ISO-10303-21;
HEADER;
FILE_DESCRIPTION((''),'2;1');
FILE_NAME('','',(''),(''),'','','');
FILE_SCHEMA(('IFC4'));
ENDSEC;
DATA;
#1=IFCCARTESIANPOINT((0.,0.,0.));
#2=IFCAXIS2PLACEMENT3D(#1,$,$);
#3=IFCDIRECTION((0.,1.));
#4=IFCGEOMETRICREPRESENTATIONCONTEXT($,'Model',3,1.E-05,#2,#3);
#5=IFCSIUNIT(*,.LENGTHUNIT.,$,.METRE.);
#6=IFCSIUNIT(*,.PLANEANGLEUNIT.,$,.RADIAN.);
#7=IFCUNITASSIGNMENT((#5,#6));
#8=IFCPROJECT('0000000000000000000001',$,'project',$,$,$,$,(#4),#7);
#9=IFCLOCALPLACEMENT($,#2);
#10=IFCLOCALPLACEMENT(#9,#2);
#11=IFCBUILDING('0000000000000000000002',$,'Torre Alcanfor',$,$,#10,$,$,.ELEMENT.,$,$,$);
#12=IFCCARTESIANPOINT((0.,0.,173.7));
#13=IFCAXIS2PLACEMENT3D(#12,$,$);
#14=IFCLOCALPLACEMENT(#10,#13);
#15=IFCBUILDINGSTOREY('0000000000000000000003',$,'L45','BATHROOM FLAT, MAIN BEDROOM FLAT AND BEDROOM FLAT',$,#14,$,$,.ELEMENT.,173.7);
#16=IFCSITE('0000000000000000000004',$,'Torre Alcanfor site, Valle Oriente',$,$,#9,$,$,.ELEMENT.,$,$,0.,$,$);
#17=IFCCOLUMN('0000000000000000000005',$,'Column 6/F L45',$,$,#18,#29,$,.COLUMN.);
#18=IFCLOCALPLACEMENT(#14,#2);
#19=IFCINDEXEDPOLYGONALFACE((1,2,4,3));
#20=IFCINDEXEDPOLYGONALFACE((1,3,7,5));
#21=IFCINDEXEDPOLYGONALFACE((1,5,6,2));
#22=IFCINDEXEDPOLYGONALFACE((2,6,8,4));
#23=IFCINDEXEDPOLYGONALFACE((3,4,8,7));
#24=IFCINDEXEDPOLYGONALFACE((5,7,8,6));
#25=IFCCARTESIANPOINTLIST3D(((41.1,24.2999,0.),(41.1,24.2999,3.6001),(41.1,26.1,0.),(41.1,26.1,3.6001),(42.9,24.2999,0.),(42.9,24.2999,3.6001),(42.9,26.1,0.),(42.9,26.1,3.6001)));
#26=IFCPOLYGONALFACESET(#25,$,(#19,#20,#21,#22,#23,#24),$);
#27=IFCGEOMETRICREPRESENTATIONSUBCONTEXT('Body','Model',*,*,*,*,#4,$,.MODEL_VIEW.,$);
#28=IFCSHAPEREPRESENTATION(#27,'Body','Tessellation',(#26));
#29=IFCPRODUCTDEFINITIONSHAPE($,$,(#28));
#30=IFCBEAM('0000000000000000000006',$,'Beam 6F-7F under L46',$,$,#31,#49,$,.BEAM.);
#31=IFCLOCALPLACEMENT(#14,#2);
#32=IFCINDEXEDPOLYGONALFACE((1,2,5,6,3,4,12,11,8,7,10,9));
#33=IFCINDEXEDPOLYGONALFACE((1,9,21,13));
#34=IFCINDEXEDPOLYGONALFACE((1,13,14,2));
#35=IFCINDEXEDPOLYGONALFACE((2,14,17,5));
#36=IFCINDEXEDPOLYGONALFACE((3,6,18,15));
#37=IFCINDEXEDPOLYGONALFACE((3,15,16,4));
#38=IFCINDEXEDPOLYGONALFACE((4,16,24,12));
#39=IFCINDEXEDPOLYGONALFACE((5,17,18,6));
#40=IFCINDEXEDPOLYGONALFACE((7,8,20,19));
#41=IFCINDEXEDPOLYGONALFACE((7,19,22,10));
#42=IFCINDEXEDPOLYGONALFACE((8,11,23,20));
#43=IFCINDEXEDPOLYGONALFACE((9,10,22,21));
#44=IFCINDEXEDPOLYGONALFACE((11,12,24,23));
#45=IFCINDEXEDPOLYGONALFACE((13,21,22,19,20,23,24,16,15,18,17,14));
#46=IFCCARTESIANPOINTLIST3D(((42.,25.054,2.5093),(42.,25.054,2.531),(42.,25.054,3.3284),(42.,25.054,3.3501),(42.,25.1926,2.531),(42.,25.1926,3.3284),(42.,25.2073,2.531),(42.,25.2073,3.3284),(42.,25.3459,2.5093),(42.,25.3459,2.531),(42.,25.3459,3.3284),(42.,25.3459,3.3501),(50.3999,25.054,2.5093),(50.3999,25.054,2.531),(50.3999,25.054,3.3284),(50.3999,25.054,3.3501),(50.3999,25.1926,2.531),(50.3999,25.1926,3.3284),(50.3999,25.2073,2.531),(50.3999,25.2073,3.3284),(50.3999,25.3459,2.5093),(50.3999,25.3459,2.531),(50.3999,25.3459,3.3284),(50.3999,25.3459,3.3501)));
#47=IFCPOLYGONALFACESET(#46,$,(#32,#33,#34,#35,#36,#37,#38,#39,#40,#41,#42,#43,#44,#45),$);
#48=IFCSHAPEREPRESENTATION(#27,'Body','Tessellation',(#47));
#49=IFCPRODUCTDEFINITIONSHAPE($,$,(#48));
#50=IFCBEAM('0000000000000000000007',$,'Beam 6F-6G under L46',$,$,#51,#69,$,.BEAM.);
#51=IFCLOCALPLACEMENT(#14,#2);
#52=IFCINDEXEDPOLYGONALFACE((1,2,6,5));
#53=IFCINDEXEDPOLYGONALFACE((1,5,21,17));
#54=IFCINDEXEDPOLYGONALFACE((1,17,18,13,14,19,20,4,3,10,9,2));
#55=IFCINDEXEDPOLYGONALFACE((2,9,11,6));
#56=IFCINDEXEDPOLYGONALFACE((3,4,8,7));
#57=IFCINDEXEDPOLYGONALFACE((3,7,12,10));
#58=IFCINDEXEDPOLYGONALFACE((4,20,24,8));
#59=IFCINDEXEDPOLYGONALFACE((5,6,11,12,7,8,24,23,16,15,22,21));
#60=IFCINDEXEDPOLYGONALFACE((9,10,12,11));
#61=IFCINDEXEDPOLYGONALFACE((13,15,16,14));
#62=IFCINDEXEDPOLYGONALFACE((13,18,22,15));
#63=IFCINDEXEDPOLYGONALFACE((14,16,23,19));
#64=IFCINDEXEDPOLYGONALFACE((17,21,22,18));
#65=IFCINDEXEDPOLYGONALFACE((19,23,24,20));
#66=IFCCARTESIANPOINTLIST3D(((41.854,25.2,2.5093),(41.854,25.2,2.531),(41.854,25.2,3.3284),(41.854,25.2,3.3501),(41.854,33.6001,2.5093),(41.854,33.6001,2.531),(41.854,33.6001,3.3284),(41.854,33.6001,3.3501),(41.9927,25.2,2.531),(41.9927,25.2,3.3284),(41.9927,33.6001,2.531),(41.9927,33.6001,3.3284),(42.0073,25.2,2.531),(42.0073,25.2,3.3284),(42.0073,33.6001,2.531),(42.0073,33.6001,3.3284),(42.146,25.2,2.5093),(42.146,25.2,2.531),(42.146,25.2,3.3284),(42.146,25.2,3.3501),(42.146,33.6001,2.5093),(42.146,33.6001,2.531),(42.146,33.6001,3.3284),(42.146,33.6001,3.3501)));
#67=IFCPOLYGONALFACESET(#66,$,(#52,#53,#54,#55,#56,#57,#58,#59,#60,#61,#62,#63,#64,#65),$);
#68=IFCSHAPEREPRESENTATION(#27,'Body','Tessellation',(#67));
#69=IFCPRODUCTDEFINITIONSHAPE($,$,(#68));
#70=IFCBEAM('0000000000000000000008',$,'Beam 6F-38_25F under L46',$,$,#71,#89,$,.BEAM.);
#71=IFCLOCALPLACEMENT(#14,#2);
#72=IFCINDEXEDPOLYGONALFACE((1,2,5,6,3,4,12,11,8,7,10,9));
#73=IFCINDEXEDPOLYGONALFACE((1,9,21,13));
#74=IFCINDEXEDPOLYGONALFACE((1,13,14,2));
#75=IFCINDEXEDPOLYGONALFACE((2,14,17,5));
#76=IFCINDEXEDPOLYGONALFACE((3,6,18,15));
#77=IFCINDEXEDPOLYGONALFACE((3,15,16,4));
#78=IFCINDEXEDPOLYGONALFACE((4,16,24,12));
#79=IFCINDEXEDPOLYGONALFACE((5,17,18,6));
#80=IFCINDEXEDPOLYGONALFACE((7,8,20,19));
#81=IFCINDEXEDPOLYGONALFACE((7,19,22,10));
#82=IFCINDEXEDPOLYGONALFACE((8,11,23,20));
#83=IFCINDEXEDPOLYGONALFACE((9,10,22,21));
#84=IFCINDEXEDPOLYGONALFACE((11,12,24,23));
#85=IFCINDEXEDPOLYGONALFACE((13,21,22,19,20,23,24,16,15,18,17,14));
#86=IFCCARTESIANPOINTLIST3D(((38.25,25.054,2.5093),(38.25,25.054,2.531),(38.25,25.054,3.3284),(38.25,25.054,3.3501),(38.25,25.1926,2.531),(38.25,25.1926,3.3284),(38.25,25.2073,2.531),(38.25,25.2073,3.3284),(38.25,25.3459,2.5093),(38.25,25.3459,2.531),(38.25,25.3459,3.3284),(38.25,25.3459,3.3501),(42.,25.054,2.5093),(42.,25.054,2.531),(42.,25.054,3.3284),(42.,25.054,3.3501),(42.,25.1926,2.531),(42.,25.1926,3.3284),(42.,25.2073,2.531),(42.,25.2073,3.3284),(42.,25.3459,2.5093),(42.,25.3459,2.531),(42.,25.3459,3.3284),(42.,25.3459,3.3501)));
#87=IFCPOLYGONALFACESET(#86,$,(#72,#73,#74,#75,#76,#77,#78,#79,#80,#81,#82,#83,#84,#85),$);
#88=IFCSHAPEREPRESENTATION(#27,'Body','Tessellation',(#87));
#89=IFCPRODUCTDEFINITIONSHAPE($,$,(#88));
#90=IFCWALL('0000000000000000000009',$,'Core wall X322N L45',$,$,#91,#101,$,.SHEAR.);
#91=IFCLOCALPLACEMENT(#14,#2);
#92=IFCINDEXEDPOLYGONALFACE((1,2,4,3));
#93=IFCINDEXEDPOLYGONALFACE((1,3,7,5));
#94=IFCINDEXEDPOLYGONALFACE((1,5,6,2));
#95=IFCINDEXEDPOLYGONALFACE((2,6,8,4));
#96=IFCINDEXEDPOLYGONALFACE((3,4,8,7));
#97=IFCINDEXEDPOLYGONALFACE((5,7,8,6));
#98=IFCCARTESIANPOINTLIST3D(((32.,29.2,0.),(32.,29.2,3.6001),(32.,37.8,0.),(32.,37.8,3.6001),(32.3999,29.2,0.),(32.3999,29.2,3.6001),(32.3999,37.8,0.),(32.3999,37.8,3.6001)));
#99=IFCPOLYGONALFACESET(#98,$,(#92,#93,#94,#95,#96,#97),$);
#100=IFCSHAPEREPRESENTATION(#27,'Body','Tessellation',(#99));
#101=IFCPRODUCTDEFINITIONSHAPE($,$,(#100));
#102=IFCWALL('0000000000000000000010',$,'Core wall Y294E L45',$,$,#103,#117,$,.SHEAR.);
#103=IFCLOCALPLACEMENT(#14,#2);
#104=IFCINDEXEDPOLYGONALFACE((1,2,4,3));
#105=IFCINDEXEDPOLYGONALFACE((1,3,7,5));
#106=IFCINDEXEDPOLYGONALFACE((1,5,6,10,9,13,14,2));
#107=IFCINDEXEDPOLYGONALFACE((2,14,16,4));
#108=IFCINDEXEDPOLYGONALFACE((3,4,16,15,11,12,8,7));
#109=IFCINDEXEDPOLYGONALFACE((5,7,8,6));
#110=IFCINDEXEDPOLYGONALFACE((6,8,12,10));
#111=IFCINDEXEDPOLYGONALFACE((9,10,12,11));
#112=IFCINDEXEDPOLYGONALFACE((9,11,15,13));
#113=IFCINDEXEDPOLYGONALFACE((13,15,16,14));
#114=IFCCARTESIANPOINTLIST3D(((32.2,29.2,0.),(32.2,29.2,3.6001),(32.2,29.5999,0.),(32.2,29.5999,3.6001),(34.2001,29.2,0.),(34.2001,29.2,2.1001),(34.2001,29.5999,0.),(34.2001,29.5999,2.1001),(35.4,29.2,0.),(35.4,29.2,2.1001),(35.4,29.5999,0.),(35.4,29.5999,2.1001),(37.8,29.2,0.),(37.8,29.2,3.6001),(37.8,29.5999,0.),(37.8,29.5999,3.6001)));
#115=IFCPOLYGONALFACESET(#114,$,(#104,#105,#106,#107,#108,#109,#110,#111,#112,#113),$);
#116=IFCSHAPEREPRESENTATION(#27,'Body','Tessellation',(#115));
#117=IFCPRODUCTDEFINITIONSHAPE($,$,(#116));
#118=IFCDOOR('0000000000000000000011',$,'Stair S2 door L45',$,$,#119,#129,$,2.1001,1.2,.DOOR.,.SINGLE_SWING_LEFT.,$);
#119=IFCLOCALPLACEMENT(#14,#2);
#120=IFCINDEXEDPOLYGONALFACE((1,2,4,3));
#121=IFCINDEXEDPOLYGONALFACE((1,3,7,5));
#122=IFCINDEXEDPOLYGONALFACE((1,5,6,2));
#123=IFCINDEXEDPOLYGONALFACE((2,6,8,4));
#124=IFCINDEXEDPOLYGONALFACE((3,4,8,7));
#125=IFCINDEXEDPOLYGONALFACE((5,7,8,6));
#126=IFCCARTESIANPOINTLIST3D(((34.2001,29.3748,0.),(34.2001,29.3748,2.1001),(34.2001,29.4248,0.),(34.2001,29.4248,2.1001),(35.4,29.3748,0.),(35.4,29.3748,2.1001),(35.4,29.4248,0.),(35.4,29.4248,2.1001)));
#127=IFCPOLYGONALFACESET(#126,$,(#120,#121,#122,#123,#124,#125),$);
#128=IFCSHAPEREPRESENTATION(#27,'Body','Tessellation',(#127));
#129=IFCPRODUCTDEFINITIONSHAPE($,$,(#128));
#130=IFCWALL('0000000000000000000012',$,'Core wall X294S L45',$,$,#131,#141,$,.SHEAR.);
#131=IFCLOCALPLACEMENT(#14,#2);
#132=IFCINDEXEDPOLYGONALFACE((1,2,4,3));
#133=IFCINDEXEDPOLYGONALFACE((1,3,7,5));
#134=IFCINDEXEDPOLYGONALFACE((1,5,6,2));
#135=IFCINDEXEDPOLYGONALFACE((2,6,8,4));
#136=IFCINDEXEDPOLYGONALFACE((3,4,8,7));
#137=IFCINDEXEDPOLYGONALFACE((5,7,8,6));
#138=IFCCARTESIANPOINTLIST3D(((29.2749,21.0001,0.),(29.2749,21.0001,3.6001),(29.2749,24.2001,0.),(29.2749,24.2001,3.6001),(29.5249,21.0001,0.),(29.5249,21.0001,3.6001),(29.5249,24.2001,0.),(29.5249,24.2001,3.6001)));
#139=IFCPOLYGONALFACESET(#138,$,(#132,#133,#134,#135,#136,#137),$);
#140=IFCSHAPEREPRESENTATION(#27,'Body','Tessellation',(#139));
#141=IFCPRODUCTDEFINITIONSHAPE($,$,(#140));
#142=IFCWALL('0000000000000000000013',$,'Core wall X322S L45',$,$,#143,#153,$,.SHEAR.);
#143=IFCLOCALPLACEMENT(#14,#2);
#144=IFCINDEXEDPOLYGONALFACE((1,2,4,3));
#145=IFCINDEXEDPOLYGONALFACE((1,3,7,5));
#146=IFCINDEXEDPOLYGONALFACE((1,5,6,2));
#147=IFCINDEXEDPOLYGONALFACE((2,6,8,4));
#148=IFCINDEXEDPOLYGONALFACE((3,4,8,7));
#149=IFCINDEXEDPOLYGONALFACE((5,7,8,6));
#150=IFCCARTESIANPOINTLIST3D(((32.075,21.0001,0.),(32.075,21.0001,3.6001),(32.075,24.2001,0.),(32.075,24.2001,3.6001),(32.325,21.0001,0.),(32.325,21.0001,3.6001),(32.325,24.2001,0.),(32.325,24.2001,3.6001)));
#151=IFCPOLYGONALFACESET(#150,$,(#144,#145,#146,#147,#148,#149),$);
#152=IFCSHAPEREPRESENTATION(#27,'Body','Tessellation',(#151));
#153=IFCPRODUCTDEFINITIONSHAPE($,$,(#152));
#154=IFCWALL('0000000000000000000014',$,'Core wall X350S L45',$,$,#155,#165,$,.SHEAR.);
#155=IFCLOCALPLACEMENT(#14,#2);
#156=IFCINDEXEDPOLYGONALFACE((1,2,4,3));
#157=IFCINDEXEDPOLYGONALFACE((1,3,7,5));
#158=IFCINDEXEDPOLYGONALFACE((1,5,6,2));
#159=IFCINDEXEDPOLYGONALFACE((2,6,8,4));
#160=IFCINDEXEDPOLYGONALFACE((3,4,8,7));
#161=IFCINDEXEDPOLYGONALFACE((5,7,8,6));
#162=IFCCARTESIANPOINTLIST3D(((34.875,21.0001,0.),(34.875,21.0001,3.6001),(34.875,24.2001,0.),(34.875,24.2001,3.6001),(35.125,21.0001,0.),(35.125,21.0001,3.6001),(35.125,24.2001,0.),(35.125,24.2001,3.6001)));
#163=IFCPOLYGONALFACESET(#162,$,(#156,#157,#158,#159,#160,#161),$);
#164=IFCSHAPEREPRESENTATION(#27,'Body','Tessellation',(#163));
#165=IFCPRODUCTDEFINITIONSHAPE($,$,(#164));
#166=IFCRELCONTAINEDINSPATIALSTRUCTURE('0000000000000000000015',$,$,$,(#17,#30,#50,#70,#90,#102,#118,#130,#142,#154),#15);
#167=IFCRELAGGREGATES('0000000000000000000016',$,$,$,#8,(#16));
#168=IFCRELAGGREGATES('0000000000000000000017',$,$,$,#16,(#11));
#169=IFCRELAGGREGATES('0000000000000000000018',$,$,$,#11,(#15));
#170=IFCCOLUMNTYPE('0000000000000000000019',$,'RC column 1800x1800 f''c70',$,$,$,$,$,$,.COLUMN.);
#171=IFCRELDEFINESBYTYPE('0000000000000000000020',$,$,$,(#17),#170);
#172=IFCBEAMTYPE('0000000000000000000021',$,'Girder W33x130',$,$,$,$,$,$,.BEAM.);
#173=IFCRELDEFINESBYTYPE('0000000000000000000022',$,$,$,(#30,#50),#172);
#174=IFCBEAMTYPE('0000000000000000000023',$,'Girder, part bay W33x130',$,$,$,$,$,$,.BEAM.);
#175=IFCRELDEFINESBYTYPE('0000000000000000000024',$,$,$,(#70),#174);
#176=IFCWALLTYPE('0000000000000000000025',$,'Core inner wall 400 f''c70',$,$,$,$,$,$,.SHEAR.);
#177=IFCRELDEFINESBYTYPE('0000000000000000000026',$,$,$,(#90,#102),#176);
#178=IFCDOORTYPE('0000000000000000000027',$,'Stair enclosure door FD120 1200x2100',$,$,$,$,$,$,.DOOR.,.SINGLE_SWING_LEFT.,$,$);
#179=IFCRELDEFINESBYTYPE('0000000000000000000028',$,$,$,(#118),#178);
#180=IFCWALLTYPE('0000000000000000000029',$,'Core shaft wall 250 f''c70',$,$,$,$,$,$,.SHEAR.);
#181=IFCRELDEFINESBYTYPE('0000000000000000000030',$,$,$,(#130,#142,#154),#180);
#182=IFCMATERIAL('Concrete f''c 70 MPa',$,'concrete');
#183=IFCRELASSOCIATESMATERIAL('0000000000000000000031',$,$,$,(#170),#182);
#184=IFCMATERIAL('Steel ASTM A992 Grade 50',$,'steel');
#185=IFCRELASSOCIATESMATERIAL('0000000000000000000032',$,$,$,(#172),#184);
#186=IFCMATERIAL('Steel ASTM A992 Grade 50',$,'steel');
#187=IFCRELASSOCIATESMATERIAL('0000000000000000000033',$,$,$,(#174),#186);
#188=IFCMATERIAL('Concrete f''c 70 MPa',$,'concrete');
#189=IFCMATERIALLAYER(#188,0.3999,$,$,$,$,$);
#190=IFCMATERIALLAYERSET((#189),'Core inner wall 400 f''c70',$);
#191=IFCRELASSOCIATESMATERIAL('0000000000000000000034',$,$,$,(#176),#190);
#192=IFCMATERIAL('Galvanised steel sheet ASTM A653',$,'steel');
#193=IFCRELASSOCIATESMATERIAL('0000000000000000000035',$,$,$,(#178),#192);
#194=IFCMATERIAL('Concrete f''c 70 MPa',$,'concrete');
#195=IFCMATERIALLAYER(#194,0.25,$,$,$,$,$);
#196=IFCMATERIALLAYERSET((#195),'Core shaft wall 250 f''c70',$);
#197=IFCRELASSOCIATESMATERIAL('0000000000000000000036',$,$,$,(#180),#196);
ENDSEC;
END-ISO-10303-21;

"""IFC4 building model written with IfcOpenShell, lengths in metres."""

from ifc_helpers import new_model, si_unit, direction, frame, frame_2d, origin, origin_2d, place, context, subcontext, project, spatial, rectangle, i_section, extrude, material, layer, layer_set, material_profile, profile_set, type_object, element, fill, save


model = new_model("IFC4")

# Units and contexts
model_context = context("Model", 3, precision=1e-05, world=origin(), true_north=direction((0.0, 1.0)))
body_context = subcontext(model_context, "Body", "Model", "MODEL_VIEW")
ifc_project = project(units=[si_unit("LENGTHUNIT", "METRE"), si_unit("PLANEANGLEUNIT", "RADIAN")], contexts=[model_context])

# Site, building, storey
site_placement = place(None, origin())
site = spatial("IfcSite", under=ifc_project, at=site_placement, Name="Torre Alcanfor site, Valle Oriente", CompositionType="ELEMENT", RefElevation=0.0)
building_placement = place(site_placement, origin())
building = spatial("IfcBuilding", under=site, at=building_placement, Name="Torre Alcanfor", CompositionType="ELEMENT")
storey_placement = place(building_placement, frame((0.0, 0.0, 173.7)))
storey = spatial("IfcBuildingStorey", under=building, at=storey_placement, Name="L45", Description="BATHROOM FLAT, MAIN BEDROOM FLAT AND BEDROOM FLAT", CompositionType="ELEMENT", Elevation=173.7)

# Column
ifc_material_1 = material(Name="Concrete f'c 70 MPa", Category="concrete")
ifc_material_profile_1 = material_profile(ifc_material_1, rectangle(XDim=1.8, YDim=1.8, at=origin_2d()), Name="1800x1800")
ifc_profile_set_1 = profile_set([ifc_material_profile_1], Name="Concrete f'c 70 MPa")
column_type = type_object("IfcColumnType", Name="RC column 1800x1800 f'c70", PredefinedType="COLUMN", material=ifc_profile_set_1)
column_placement = place(storey_placement, frame((42.0, 25.2, 0.0), z_axis=(0.0, 0.0, 1.0), x_axis=(1.0, 0.0, 0.0)))
element("IfcColumn", 1, at=column_placement, inside=storey, type_object=column_type, Name="Column 6/F L45", PredefinedType="COLUMN", context=body_context, shape_type="SweptSolid", body=[
    extrude(rectangle(XDim=1.8, YDim=1.8, at=origin_2d()), origin(), (0.0, 0.0, 1.0), 3.6001),
])

# Beams
ifc_material_2 = material(Name="Steel ASTM A992 Grade 50", Category="steel")
ifc_material_profile_2 = material_profile(ifc_material_2, i_section(OverallWidth=0.292, OverallDepth=0.8408, WebThickness=0.0146, FlangeThickness=0.0217, at=origin_2d()), Name="W33x130")
ifc_profile_set_2 = profile_set([ifc_material_profile_2], Name="Steel ASTM A992 Grade 50")
beam_type_1 = type_object("IfcBeamType", Name="Girder W33x130", PredefinedType="BEAM", material=ifc_profile_set_2)
beam_1_placement = place(storey_placement, frame((42.0, 25.2, 2.9297), z_axis=(1.0, 0.0, 0.0), x_axis=(0.0, 1.0, 0.0)))
element("IfcBeam", 2, at=beam_1_placement, inside=storey, type_object=beam_type_1, Name="Beam 6F-7F under L46", PredefinedType="BEAM", context=body_context, shape_type="SweptSolid", body=[
    extrude(i_section(OverallWidth=0.292, OverallDepth=0.8408, WebThickness=0.0146, FlangeThickness=0.0217, at=origin_2d()), origin(), (0.0, 0.0, 1.0), 8.3999),
])
beam_2_placement = place(storey_placement, frame((42.0, 25.2, 2.9297), z_axis=(0.0, 1.0, 0.0), x_axis=(-1.0, 0.0, 0.0)))
element("IfcBeam", 3, at=beam_2_placement, inside=storey, type_object=beam_type_1, Name="Beam 6F-6G under L46", PredefinedType="BEAM", context=body_context, shape_type="SweptSolid", body=[
    extrude(i_section(OverallWidth=0.292, OverallDepth=0.8408, WebThickness=0.0146, FlangeThickness=0.0217, at=origin_2d()), origin(), (0.0, 0.0, 1.0), 8.4001),
])
ifc_material_3 = material(Name="Steel ASTM A992 Grade 50", Category="steel")
ifc_material_profile_3 = material_profile(ifc_material_3, i_section(OverallWidth=0.292, OverallDepth=0.8408, WebThickness=0.0146, FlangeThickness=0.0217, at=origin_2d()), Name="W33x130")
ifc_profile_set_3 = profile_set([ifc_material_profile_3], Name="Steel ASTM A992 Grade 50")
beam_type_2 = type_object("IfcBeamType", Name="Girder, part bay W33x130", PredefinedType="BEAM", material=ifc_profile_set_3)
beam_3_placement = place(storey_placement, frame((42.0, 25.2, 2.9297), z_axis=(-1.0, 0.0, 0.0), x_axis=(0.0, -1.0, 0.0)))
element("IfcBeam", 4, at=beam_3_placement, inside=storey, type_object=beam_type_2, Name="Beam 6F-38_25F under L46", PredefinedType="BEAM", context=body_context, shape_type="SweptSolid", body=[
    extrude(i_section(OverallWidth=0.292, OverallDepth=0.8408, WebThickness=0.0146, FlangeThickness=0.0217, at=origin_2d()), origin(), (0.0, 0.0, 1.0), 3.75),
])

# Wall
ifc_material_4 = material(Name="Concrete f'c 70 MPa", Category="concrete")
ifc_layer_1 = layer(ifc_material_4, 0.3999)
ifc_layer_set_1 = layer_set([ifc_layer_1], Name="Core inner wall 400 f'c70")
wall_type_1 = type_object("IfcWallType", Name="Core inner wall 400 f'c70", PredefinedType="SHEAR", material=ifc_layer_set_1)
wall_1_placement = place(storey_placement, frame((32.2, 29.2, 0.0), z_axis=(0.0, 0.0, 1.0), x_axis=(0.0, 1.0, 0.0)))
element("IfcWall", 5, at=wall_1_placement, inside=storey, type_object=wall_type_1, Name="Core wall X322N L45", PredefinedType="SHEAR", context=body_context, shape_type="SweptSolid", body=[
    extrude(rectangle(XDim=8.6001, YDim=0.3999, at=frame_2d((4.3, 0.0))), origin(), (0.0, 0.0, 1.0), 3.6001),
])

# Wall, opening, door
wall_2_placement = place(storey_placement, frame((32.2, 29.3999, 0.0), z_axis=(0.0, 0.0, 1.0), x_axis=(1.0, 0.0, 0.0)))
wall_2 = element("IfcWall", 6, at=wall_2_placement, inside=storey, type_object=wall_type_1, Name="Core wall Y294E L45", PredefinedType="SHEAR", context=body_context, shape_type="SweptSolid", body=[
    extrude(rectangle(XDim=5.6001, YDim=0.3999, at=frame_2d((2.8, 0.0))), origin(), (0.0, 0.0, 1.0), 3.6001),
])
opening_1_placement = place(wall_2_placement, frame((2.0, 0.0, 0.0)))
opening_1 = element("IfcOpeningElement", 7, at=opening_1_placement, cuts=wall_2, PredefinedType="OPENING", context=body_context, shape_type="SweptSolid", body=[
    extrude(rectangle(XDim=1.2, YDim=2.1001, at=frame_2d((0.6001, 1.05))), frame((0.0, 0.21, 0.0), z_axis=(0.0, -1.0, 0.0), x_axis=(1.0, 0.0, 0.0)), (0.0, 0.0, 1.0), 0.4199),
])
ifc_material_5 = material(Name="Galvanised steel sheet ASTM A653", Category="steel")
door_type_1 = type_object("IfcDoorType", Name="Stair enclosure door FD120 1200x2100", OperationType="SINGLE_SWING_LEFT", PredefinedType="DOOR", material=ifc_material_5)
door_1_placement = place(opening_1_placement, origin())
door_1 = element("IfcDoor", 8, at=door_1_placement, inside=storey, type_object=door_type_1, Name="Stair S2 door L45", OperationType="SINGLE_SWING_LEFT", OverallHeight=2.1001, OverallWidth=1.2, PredefinedType="DOOR", context=body_context, shape_type="SweptSolid", body=[
    extrude(rectangle(XDim=1.2, YDim=2.1001, at=frame_2d((0.6001, 1.05))), frame((0.0, 0.0249, 0.0), z_axis=(0.0, -1.0, 0.0), x_axis=(1.0, 0.0, 0.0)), (0.0, 0.0, 1.0), 0.05),
])
fill(opening_1, door_1)

# Walls
ifc_material_6 = material(Name="Concrete f'c 70 MPa", Category="concrete")
ifc_layer_2 = layer(ifc_material_6, 0.25)
ifc_layer_set_2 = layer_set([ifc_layer_2], Name="Core shaft wall 250 f'c70")
wall_type_2 = type_object("IfcWallType", Name="Core shaft wall 250 f'c70", PredefinedType="SHEAR", material=ifc_layer_set_2)
for number, where, z_axis, x_axis, name in (
    (9, (29.3999, 21.0, 0.0), (0.0, 0.0, 1.0), (0.0, 1.0, 0.0), "Core wall X294S L45"),
    (10, (32.2, 21.0, 0.0), (0.0, 0.0, 1.0), (0.0, 1.0, 0.0), "Core wall X322S L45"),
    (11, (35.0, 21.0, 0.0), (0.0, 0.0, 1.0), (0.0, 1.0, 0.0), "Core wall X350S L45"),
):
    element("IfcWall", number, at=place(storey_placement, frame(where, z_axis=z_axis, x_axis=x_axis)), inside=storey, type_object=wall_type_2, Name=name, PredefinedType="SHEAR", context=body_context, shape_type="SweptSolid", body=[
        extrude(rectangle(XDim=3.2, YDim=0.25, at=frame_2d((1.6001, 0.0))), origin(), (0.0, 0.0, 1.0), 3.6001),
    ])

save(model, "model.ifc")
